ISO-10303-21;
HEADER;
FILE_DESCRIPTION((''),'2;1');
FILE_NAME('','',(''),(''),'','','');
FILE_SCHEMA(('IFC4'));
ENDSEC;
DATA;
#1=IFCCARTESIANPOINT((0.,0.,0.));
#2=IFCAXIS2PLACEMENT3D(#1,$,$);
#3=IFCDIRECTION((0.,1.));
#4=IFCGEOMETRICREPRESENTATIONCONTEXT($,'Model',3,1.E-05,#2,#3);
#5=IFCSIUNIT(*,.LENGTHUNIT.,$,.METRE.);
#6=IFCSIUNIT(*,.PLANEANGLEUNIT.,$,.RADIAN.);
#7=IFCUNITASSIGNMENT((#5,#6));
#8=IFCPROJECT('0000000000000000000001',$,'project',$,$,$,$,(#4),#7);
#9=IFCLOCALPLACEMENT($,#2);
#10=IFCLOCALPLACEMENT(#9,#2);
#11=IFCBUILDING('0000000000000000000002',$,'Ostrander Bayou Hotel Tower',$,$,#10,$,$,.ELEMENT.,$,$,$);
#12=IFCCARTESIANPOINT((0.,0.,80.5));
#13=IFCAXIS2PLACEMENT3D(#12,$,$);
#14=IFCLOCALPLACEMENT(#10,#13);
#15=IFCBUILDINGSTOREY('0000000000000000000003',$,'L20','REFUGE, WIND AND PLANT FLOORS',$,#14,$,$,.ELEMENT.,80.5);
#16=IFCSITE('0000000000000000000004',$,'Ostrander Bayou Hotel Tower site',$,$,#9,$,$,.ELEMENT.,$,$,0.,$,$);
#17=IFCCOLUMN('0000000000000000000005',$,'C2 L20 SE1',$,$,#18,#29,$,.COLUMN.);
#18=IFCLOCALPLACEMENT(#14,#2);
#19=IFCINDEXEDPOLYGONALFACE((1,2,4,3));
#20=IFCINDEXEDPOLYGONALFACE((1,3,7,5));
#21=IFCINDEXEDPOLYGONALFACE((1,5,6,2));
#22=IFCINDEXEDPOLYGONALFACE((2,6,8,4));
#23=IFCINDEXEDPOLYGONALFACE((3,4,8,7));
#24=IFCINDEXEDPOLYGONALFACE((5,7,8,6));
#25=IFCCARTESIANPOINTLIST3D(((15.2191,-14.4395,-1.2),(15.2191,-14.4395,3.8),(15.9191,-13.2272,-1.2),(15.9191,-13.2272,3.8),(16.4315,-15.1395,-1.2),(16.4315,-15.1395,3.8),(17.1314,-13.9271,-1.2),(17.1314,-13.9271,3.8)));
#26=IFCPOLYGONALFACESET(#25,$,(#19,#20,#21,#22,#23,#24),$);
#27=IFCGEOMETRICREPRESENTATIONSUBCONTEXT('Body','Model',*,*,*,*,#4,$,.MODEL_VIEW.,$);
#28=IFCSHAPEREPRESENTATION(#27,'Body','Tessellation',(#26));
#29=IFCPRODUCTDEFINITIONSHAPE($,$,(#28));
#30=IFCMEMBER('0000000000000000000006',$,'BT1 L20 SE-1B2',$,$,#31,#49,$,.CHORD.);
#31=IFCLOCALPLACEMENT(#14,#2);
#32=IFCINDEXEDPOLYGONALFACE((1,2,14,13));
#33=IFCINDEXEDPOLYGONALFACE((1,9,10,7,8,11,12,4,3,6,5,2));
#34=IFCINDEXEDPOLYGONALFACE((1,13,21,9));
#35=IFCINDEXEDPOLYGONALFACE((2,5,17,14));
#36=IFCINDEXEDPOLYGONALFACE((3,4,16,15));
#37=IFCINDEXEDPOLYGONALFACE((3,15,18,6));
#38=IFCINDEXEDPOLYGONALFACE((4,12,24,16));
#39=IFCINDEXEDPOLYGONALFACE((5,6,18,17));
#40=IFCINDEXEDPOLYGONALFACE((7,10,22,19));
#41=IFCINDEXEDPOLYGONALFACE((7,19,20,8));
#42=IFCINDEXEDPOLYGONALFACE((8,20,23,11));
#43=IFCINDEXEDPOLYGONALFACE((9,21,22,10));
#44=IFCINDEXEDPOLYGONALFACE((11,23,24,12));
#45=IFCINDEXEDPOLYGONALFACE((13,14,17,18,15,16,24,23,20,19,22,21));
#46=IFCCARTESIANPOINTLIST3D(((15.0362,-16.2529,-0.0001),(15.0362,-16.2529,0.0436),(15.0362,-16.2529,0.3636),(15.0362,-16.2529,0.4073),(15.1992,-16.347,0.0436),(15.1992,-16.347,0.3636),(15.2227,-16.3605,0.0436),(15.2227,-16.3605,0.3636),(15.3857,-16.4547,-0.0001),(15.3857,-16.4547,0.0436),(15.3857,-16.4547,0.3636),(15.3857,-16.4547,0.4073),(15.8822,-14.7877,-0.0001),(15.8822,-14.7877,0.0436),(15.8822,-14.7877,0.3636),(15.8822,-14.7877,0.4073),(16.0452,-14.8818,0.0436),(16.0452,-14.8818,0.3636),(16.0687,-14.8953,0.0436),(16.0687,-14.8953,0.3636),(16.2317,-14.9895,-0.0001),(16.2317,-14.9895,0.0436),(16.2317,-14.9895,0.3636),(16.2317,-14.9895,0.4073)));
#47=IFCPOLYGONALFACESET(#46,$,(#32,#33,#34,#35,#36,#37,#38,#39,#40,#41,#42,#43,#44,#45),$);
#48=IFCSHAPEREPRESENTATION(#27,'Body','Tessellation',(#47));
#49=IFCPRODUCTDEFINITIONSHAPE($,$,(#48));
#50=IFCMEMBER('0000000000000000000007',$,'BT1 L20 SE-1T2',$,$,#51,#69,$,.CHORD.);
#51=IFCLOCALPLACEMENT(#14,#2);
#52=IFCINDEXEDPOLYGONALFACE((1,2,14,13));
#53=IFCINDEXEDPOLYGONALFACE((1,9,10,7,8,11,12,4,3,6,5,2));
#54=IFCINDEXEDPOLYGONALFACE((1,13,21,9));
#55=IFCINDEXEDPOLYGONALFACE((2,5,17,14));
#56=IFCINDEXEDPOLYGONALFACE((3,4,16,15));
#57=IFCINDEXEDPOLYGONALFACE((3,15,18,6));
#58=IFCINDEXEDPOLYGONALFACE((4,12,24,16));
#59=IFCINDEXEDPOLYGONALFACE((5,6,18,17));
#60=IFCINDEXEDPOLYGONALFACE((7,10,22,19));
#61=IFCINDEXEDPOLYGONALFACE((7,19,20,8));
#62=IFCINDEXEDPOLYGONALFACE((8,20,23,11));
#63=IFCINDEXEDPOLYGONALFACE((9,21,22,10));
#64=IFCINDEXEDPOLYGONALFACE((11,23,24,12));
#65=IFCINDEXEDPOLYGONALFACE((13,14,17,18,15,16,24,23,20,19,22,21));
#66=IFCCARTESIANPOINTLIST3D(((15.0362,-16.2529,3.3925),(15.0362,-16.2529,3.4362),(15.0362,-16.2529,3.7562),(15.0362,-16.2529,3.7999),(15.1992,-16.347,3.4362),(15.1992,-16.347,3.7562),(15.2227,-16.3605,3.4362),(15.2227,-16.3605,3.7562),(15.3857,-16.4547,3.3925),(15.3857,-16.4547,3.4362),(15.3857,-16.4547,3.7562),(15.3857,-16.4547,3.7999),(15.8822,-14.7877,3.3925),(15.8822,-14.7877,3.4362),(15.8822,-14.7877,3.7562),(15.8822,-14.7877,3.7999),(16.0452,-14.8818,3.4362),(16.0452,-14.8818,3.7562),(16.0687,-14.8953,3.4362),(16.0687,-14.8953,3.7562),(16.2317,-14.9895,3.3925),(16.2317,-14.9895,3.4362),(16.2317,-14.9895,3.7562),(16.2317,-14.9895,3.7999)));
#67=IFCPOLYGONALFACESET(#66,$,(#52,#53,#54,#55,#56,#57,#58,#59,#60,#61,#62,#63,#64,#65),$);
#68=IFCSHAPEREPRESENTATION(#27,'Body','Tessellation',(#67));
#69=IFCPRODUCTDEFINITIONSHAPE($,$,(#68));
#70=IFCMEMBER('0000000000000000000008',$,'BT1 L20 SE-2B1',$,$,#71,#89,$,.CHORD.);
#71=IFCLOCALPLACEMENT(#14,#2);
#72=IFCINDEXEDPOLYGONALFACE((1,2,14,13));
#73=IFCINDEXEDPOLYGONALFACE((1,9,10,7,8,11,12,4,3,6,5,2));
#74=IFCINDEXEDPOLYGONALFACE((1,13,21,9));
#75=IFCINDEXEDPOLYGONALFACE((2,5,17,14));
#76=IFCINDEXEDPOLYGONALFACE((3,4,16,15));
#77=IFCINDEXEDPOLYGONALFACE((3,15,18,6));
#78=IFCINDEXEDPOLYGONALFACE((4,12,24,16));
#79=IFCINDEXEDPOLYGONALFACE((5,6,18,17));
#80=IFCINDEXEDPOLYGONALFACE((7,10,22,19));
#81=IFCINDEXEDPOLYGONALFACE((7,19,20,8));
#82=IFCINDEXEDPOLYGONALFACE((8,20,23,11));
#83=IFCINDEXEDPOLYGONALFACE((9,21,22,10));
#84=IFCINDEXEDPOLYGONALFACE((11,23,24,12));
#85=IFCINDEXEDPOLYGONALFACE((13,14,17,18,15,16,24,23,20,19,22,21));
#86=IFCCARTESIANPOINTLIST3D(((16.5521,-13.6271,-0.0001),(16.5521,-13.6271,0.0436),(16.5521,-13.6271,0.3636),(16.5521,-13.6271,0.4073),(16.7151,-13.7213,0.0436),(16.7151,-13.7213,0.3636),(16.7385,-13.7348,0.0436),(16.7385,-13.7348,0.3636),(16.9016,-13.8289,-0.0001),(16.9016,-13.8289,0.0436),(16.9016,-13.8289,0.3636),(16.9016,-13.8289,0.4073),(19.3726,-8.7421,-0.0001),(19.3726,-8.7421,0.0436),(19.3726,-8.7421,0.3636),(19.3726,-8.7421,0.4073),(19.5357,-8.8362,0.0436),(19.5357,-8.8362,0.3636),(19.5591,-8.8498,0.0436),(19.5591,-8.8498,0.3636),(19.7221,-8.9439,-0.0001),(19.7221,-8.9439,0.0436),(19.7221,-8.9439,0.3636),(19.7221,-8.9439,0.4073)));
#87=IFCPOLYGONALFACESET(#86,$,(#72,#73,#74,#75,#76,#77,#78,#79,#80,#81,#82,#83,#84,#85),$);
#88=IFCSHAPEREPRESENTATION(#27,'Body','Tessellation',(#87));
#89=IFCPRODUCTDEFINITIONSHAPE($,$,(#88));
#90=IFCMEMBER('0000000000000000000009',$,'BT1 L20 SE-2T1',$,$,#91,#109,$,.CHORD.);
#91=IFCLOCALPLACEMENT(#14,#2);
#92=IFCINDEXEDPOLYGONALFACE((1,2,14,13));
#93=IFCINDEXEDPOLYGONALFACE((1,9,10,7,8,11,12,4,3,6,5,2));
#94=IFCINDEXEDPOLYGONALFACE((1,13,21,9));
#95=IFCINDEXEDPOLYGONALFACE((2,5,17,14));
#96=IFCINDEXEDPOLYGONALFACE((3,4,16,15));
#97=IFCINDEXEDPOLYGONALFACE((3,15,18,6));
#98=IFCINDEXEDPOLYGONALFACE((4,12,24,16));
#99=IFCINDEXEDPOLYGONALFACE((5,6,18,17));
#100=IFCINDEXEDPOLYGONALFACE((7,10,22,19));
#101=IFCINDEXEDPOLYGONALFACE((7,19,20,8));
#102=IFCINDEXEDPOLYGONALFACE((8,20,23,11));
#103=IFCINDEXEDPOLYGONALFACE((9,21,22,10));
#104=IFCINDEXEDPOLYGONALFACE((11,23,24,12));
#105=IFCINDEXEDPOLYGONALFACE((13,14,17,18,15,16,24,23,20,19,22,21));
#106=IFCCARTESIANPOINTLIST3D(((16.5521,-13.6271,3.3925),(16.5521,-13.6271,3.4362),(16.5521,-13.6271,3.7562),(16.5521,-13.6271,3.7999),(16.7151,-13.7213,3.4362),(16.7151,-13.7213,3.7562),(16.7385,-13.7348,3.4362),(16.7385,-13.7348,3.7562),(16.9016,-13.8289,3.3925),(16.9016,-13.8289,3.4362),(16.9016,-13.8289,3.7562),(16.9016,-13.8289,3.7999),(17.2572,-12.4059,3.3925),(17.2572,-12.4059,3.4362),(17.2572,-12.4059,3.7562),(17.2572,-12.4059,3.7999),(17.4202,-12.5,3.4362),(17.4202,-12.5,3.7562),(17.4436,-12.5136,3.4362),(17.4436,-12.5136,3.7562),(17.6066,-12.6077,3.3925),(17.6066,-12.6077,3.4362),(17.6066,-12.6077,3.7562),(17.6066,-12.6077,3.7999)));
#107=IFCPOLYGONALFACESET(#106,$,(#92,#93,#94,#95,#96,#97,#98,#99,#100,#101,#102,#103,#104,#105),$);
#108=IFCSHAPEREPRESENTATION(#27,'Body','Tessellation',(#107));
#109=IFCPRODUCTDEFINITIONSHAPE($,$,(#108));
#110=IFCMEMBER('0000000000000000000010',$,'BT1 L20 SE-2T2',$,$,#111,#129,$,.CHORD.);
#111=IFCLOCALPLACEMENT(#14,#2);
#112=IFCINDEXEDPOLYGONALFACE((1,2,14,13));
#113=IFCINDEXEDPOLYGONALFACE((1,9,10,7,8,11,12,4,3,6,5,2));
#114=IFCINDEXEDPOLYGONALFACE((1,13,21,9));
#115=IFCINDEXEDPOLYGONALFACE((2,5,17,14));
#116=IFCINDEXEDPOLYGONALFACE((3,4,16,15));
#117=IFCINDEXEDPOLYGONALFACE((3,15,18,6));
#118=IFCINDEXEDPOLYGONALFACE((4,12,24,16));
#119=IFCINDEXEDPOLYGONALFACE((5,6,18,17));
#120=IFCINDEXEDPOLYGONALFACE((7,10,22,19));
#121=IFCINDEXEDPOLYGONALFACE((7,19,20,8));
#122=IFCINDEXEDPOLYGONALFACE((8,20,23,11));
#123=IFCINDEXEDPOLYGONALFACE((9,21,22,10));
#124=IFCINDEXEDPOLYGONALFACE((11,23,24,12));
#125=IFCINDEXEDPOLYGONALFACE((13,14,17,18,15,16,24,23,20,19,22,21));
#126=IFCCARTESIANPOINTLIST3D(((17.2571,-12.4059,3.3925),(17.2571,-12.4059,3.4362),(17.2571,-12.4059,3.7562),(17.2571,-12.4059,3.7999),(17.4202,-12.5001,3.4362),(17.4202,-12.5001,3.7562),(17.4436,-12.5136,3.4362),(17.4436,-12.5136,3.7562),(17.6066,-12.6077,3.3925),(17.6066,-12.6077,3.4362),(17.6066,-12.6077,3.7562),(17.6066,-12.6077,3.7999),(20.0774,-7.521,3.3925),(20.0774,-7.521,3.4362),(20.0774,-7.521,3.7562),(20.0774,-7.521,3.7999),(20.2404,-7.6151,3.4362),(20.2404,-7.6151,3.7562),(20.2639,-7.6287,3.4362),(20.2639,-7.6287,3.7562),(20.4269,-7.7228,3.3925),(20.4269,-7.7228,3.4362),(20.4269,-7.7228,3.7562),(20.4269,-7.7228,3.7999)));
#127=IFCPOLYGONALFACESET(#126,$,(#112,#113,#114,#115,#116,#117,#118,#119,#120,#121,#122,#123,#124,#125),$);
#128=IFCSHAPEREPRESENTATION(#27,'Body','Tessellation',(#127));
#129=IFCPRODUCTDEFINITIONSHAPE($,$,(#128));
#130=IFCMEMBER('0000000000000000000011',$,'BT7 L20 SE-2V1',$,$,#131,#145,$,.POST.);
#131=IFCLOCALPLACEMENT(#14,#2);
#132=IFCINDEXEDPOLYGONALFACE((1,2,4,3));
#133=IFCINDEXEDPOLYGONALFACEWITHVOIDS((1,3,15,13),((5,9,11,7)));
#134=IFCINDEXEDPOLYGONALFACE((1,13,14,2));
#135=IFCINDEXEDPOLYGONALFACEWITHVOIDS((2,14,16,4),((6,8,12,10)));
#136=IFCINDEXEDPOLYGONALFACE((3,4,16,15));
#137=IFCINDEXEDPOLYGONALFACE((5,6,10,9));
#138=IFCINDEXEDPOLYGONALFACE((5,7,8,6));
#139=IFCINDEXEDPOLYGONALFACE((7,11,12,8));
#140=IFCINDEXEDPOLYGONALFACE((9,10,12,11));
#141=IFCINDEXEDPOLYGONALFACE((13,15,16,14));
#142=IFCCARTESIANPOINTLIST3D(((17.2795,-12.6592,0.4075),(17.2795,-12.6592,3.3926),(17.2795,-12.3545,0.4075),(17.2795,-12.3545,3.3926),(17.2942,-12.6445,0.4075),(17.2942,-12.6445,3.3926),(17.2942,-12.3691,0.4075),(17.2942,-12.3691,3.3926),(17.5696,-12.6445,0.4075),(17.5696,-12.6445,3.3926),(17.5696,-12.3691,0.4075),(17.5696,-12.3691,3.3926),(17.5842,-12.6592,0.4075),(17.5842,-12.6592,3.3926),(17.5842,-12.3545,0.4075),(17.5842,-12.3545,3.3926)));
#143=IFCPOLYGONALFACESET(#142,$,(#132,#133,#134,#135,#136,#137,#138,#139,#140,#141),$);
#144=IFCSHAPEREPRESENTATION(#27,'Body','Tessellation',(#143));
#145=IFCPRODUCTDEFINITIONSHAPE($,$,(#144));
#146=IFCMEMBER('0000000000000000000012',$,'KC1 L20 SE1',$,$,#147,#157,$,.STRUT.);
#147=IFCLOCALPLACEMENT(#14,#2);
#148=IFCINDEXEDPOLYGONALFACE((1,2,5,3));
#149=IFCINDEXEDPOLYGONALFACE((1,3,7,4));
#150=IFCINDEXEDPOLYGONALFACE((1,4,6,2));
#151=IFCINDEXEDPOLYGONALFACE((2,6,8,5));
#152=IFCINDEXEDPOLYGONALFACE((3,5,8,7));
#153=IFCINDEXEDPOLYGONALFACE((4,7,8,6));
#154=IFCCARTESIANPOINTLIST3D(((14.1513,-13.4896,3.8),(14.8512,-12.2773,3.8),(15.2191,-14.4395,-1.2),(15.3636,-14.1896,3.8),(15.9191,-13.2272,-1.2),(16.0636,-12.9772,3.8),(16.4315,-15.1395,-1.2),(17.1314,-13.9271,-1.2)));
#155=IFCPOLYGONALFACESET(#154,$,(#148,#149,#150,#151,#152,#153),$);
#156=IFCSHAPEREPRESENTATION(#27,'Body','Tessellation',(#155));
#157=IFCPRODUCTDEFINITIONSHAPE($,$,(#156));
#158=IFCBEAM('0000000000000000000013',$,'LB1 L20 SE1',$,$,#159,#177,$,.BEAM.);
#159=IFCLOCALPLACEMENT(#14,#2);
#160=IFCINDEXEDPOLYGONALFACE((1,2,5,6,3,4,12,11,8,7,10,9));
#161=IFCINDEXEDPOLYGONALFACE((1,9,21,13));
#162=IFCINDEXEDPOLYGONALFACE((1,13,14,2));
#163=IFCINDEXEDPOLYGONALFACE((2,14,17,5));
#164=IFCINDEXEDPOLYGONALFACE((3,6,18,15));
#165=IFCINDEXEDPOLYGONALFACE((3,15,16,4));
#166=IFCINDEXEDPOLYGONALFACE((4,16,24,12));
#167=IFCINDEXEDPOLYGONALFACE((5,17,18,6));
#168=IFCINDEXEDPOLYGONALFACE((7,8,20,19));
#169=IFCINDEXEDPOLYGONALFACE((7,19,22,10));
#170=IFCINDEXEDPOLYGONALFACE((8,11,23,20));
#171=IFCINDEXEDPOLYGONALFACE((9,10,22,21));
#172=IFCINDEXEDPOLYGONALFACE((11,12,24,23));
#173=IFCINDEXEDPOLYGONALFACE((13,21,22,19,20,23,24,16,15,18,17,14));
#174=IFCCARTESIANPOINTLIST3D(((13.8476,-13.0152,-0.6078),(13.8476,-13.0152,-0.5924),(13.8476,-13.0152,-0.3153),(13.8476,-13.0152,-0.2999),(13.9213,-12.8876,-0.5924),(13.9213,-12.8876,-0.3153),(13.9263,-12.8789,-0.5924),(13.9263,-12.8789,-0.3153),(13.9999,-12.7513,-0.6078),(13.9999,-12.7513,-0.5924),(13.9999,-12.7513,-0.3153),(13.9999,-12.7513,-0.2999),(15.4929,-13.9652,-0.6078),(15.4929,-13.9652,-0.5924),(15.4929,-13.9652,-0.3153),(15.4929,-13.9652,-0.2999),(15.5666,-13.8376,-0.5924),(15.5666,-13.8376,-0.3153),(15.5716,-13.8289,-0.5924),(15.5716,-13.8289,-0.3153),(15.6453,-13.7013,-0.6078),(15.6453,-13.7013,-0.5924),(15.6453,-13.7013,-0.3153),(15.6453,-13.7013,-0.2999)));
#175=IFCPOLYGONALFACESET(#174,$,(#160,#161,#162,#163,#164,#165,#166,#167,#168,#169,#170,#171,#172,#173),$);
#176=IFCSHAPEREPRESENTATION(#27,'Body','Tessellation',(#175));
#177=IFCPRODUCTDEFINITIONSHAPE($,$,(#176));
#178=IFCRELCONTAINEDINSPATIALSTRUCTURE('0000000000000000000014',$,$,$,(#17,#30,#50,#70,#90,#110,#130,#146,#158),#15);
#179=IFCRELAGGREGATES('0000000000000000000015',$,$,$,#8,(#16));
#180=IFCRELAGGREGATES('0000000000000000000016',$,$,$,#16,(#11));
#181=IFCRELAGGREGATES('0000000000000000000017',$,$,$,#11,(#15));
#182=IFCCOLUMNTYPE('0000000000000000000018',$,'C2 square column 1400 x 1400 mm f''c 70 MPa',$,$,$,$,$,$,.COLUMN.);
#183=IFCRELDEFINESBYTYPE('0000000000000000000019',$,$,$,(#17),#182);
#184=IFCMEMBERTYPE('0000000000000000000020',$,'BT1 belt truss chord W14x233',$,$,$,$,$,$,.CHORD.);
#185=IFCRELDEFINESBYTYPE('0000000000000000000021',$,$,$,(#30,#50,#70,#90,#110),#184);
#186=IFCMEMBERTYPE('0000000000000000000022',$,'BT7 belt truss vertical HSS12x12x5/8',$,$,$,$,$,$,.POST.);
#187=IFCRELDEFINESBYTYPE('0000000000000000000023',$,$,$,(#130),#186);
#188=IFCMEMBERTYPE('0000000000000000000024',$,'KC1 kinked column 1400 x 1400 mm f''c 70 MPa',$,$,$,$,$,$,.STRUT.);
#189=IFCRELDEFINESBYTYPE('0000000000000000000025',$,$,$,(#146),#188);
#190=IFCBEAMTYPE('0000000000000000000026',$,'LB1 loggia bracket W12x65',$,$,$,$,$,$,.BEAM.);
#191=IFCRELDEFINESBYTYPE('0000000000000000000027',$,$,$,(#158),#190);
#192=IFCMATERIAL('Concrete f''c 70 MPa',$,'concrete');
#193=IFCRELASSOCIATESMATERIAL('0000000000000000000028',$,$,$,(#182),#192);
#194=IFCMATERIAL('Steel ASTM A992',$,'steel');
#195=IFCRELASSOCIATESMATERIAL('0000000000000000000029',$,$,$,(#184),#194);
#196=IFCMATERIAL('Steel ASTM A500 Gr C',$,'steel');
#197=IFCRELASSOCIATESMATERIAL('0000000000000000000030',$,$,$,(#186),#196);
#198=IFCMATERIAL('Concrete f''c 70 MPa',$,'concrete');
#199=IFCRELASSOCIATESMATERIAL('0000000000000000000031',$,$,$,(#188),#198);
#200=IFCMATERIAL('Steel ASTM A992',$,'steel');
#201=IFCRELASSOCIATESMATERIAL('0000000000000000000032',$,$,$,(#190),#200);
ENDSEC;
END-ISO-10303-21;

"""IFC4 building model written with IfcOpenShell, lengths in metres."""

from ifc_helpers import new_model, si_unit, direction, frame, origin, origin_2d, place, context, subcontext, project, spatial, rectangle, hollow_rectangle, i_section, extrude, material, material_profile, profile_set, type_object, element, save


model = new_model("IFC4")

# Units and contexts
model_context = context("Model", 3, precision=1e-05, world=origin(), true_north=direction((0.0, 1.0)))
body_context = subcontext(model_context, "Body", "Model", "MODEL_VIEW")
ifc_project = project(units=[si_unit("LENGTHUNIT", "METRE"), si_unit("PLANEANGLEUNIT", "RADIAN")], contexts=[model_context])

# Site, building, storey
site_placement = place(None, origin())
site = spatial("IfcSite", under=ifc_project, at=site_placement, Name="Ostrander Bayou Hotel Tower site", CompositionType="ELEMENT", RefElevation=0.0)
building_placement = place(site_placement, origin())
building = spatial("IfcBuilding", under=site, at=building_placement, Name="Ostrander Bayou Hotel Tower", CompositionType="ELEMENT")
storey_placement = place(building_placement, frame((0.0, 0.0, 80.5)))
storey = spatial("IfcBuildingStorey", under=building, at=storey_placement, Name="L20", Description="REFUGE, WIND AND PLANT FLOORS", CompositionType="ELEMENT", Elevation=80.5)

# Column
ifc_material_1 = material(Name="Concrete f'c 70 MPa", Category="concrete")
ifc_material_profile_1 = material_profile(ifc_material_1, rectangle(XDim=1.3999, YDim=1.3999, at=origin_2d()))
ifc_profile_set_1 = profile_set([ifc_material_profile_1], Name="Concrete f'c 70 MPa")
column_type = type_object("IfcColumnType", Name="C2 square column 1400 x 1400 mm f'c 70 MPa", PredefinedType="COLUMN", material=ifc_profile_set_1)
column_placement = place(storey_placement, frame((16.1753, -14.1833, -1.2), z_axis=(0.0, 0.0, 1.0), x_axis=(-0.5, -0.866025, 0.0)))
element("IfcColumn", 1, at=column_placement, inside=storey, type_object=column_type, Name="C2 L20 SE1", PredefinedType="COLUMN", context=body_context, shape_type="SweptSolid", body=[
    extrude(rectangle(XDim=1.3999, YDim=1.3999, at=origin_2d()), origin(), (0.0, 0.0, 1.0), 5.0),
])

# Members
ifc_material_2 = material(Name="Steel ASTM A992", Category="steel")
ifc_material_profile_2 = material_profile(ifc_material_2, i_section(OverallWidth=0.4036, OverallDepth=0.4075, WebThickness=0.0271, FlangeThickness=0.0437, at=origin_2d()))
ifc_profile_set_2 = profile_set([ifc_material_profile_2], Name="Steel ASTM A992")
member_type_1 = type_object("IfcMemberType", Name="BT1 belt truss chord W14x233", PredefinedType="CHORD", material=ifc_profile_set_2)
for number, where, z_axis, x_axis, name in (
    (2, (15.2109, -16.3538, 0.2036), (0.500035, 0.866005, 0.0), (-0.866005, 0.500035, 0.0), "BT1 L20 SE-1B2"),
    (3, (15.2109, -16.3538, 3.5962), (0.500035, 0.866005, 0.0), (-0.866005, 0.500035, 0.0), "BT1 L20 SE-1T2"),
):
    element("IfcMember", number, at=place(storey_placement, frame(where, z_axis=z_axis, x_axis=x_axis)), inside=storey, type_object=member_type_1, Name=name, PredefinedType="CHORD", context=body_context, shape_type="SweptSolid", body=[
        extrude(i_section(OverallWidth=0.4036, OverallDepth=0.4075, WebThickness=0.0271, FlangeThickness=0.0437, at=origin_2d()), origin(), (0.0, 0.0, 1.0), 1.6919),
    ])
member_1_placement = place(storey_placement, frame((16.7268, -13.728, 0.2036), z_axis=(0.500026, 0.86601, 0.0), x_axis=(-0.86601, 0.500026, 0.0)))
element("IfcMember", 4, at=member_1_placement, inside=storey, type_object=member_type_1, Name="BT1 L20 SE-2B1", PredefinedType="CHORD", context=body_context, shape_type="SweptSolid", body=[
    extrude(i_section(OverallWidth=0.4036, OverallDepth=0.4075, WebThickness=0.0271, FlangeThickness=0.0437, at=origin_2d()), origin(), (0.0, 0.0, 1.0), 5.6409),
])
member_2_placement = place(storey_placement, frame((16.7268, -13.728, 3.5962), z_axis=(0.500012, 0.866018, 0.0), x_axis=(-0.866018, 0.500012, 0.0)))
element("IfcMember", 5, at=member_2_placement, inside=storey, type_object=member_type_1, Name="BT1 L20 SE-2T1", PredefinedType="CHORD", context=body_context, shape_type="SweptSolid", body=[
    extrude(i_section(OverallWidth=0.4036, OverallDepth=0.4075, WebThickness=0.0271, FlangeThickness=0.0437, at=origin_2d()), origin(), (0.0, 0.0, 1.0), 1.4102),
])
member_3_placement = place(storey_placement, frame((17.4319, -12.5068, 3.5962), z_axis=(0.499993, 0.866029, 0.0), x_axis=(-0.866029, 0.499993, 0.0)))
element("IfcMember", 6, at=member_3_placement, inside=storey, type_object=member_type_1, Name="BT1 L20 SE-2T2", PredefinedType="CHORD", context=body_context, shape_type="SweptSolid", body=[
    extrude(i_section(OverallWidth=0.4036, OverallDepth=0.4075, WebThickness=0.0271, FlangeThickness=0.0437, at=origin_2d()), origin(), (0.0, 0.0, 1.0), 5.6406),
])
ifc_material_3 = material(Name="Steel ASTM A500 Gr C", Category="steel")
ifc_material_profile_3 = material_profile(ifc_material_3, hollow_rectangle(XDim=0.3047, YDim=0.3047, WallThickness=0.0146, at=origin_2d()))
ifc_profile_set_3 = profile_set([ifc_material_profile_3], Name="Steel ASTM A500 Gr C")
member_type_2 = type_object("IfcMemberType", Name="BT7 belt truss vertical HSS12x12x5/8", PredefinedType="POST", material=ifc_profile_set_3)
member_4_placement = place(storey_placement, frame((17.4319, -12.5068, 0.4075), z_axis=(0.0, 0.0, 1.0), x_axis=(1.0, 0.0, 0.0)))
element("IfcMember", 7, at=member_4_placement, inside=storey, type_object=member_type_2, Name="BT7 L20 SE-2V1", PredefinedType="POST", context=body_context, shape_type="SweptSolid", body=[
    extrude(hollow_rectangle(XDim=0.3047, YDim=0.3047, WallThickness=0.0146, at=origin_2d()), origin(), (0.0, 0.0, 1.0), 2.9851),
])
ifc_material_4 = material(Name="Concrete f'c 70 MPa", Category="concrete")
ifc_material_profile_4 = material_profile(ifc_material_4, rectangle(XDim=1.3999, YDim=1.3999, at=origin_2d()))
ifc_profile_set_4 = profile_set([ifc_material_profile_4], Name="Concrete f'c 70 MPa")
member_type_3 = type_object("IfcMemberType", Name="KC1 kinked column 1400 x 1400 mm f'c 70 MPa", PredefinedType="STRUT", material=ifc_profile_set_4)
member_5_placement = place(storey_placement, frame((16.1753, -14.1833, -1.2), z_axis=(0.0, 0.0, 1.0), x_axis=(-0.5, -0.866025, 0.0)))
element("IfcMember", 8, at=member_5_placement, inside=storey, type_object=member_type_3, Name="KC1 L20 SE1", PredefinedType="STRUT", context=body_context, shape_type="SweptSolid", body=[
    extrude(rectangle(XDim=1.3999, YDim=1.3999, at=origin_2d()), origin(), (-0.055525, -0.269175, 0.961489), 5.2002),
])

# Beam
ifc_material_5 = material(Name="Steel ASTM A992", Category="steel")
ifc_material_profile_5 = material_profile(ifc_material_5, i_section(OverallWidth=0.3047, OverallDepth=0.3079, WebThickness=0.01, FlangeThickness=0.0154, at=origin_2d()))
ifc_profile_set_5 = profile_set([ifc_material_profile_5], Name="Steel ASTM A992")
beam_type_1 = type_object("IfcBeamType", Name="LB1 loggia bracket W12x65", PredefinedType="BEAM", material=ifc_profile_set_5)
beam_1_placement = place(storey_placement, frame((15.5691, -13.8333, -0.4539), z_axis=(-0.866012, 0.500023, 0.0), x_axis=(-0.500023, -0.866012, 0.0)))
element("IfcBeam", 9, at=beam_1_placement, inside=storey, type_object=beam_type_1, Name="LB1 L20 SE1", PredefinedType="BEAM", context=body_context, shape_type="SweptSolid", body=[
    extrude(i_section(OverallWidth=0.3047, OverallDepth=0.3079, WebThickness=0.01, FlangeThickness=0.0154, at=origin_2d()), origin(), (0.0, 0.0, 1.0), 1.8999),
])

save(model, "model.ifc")
